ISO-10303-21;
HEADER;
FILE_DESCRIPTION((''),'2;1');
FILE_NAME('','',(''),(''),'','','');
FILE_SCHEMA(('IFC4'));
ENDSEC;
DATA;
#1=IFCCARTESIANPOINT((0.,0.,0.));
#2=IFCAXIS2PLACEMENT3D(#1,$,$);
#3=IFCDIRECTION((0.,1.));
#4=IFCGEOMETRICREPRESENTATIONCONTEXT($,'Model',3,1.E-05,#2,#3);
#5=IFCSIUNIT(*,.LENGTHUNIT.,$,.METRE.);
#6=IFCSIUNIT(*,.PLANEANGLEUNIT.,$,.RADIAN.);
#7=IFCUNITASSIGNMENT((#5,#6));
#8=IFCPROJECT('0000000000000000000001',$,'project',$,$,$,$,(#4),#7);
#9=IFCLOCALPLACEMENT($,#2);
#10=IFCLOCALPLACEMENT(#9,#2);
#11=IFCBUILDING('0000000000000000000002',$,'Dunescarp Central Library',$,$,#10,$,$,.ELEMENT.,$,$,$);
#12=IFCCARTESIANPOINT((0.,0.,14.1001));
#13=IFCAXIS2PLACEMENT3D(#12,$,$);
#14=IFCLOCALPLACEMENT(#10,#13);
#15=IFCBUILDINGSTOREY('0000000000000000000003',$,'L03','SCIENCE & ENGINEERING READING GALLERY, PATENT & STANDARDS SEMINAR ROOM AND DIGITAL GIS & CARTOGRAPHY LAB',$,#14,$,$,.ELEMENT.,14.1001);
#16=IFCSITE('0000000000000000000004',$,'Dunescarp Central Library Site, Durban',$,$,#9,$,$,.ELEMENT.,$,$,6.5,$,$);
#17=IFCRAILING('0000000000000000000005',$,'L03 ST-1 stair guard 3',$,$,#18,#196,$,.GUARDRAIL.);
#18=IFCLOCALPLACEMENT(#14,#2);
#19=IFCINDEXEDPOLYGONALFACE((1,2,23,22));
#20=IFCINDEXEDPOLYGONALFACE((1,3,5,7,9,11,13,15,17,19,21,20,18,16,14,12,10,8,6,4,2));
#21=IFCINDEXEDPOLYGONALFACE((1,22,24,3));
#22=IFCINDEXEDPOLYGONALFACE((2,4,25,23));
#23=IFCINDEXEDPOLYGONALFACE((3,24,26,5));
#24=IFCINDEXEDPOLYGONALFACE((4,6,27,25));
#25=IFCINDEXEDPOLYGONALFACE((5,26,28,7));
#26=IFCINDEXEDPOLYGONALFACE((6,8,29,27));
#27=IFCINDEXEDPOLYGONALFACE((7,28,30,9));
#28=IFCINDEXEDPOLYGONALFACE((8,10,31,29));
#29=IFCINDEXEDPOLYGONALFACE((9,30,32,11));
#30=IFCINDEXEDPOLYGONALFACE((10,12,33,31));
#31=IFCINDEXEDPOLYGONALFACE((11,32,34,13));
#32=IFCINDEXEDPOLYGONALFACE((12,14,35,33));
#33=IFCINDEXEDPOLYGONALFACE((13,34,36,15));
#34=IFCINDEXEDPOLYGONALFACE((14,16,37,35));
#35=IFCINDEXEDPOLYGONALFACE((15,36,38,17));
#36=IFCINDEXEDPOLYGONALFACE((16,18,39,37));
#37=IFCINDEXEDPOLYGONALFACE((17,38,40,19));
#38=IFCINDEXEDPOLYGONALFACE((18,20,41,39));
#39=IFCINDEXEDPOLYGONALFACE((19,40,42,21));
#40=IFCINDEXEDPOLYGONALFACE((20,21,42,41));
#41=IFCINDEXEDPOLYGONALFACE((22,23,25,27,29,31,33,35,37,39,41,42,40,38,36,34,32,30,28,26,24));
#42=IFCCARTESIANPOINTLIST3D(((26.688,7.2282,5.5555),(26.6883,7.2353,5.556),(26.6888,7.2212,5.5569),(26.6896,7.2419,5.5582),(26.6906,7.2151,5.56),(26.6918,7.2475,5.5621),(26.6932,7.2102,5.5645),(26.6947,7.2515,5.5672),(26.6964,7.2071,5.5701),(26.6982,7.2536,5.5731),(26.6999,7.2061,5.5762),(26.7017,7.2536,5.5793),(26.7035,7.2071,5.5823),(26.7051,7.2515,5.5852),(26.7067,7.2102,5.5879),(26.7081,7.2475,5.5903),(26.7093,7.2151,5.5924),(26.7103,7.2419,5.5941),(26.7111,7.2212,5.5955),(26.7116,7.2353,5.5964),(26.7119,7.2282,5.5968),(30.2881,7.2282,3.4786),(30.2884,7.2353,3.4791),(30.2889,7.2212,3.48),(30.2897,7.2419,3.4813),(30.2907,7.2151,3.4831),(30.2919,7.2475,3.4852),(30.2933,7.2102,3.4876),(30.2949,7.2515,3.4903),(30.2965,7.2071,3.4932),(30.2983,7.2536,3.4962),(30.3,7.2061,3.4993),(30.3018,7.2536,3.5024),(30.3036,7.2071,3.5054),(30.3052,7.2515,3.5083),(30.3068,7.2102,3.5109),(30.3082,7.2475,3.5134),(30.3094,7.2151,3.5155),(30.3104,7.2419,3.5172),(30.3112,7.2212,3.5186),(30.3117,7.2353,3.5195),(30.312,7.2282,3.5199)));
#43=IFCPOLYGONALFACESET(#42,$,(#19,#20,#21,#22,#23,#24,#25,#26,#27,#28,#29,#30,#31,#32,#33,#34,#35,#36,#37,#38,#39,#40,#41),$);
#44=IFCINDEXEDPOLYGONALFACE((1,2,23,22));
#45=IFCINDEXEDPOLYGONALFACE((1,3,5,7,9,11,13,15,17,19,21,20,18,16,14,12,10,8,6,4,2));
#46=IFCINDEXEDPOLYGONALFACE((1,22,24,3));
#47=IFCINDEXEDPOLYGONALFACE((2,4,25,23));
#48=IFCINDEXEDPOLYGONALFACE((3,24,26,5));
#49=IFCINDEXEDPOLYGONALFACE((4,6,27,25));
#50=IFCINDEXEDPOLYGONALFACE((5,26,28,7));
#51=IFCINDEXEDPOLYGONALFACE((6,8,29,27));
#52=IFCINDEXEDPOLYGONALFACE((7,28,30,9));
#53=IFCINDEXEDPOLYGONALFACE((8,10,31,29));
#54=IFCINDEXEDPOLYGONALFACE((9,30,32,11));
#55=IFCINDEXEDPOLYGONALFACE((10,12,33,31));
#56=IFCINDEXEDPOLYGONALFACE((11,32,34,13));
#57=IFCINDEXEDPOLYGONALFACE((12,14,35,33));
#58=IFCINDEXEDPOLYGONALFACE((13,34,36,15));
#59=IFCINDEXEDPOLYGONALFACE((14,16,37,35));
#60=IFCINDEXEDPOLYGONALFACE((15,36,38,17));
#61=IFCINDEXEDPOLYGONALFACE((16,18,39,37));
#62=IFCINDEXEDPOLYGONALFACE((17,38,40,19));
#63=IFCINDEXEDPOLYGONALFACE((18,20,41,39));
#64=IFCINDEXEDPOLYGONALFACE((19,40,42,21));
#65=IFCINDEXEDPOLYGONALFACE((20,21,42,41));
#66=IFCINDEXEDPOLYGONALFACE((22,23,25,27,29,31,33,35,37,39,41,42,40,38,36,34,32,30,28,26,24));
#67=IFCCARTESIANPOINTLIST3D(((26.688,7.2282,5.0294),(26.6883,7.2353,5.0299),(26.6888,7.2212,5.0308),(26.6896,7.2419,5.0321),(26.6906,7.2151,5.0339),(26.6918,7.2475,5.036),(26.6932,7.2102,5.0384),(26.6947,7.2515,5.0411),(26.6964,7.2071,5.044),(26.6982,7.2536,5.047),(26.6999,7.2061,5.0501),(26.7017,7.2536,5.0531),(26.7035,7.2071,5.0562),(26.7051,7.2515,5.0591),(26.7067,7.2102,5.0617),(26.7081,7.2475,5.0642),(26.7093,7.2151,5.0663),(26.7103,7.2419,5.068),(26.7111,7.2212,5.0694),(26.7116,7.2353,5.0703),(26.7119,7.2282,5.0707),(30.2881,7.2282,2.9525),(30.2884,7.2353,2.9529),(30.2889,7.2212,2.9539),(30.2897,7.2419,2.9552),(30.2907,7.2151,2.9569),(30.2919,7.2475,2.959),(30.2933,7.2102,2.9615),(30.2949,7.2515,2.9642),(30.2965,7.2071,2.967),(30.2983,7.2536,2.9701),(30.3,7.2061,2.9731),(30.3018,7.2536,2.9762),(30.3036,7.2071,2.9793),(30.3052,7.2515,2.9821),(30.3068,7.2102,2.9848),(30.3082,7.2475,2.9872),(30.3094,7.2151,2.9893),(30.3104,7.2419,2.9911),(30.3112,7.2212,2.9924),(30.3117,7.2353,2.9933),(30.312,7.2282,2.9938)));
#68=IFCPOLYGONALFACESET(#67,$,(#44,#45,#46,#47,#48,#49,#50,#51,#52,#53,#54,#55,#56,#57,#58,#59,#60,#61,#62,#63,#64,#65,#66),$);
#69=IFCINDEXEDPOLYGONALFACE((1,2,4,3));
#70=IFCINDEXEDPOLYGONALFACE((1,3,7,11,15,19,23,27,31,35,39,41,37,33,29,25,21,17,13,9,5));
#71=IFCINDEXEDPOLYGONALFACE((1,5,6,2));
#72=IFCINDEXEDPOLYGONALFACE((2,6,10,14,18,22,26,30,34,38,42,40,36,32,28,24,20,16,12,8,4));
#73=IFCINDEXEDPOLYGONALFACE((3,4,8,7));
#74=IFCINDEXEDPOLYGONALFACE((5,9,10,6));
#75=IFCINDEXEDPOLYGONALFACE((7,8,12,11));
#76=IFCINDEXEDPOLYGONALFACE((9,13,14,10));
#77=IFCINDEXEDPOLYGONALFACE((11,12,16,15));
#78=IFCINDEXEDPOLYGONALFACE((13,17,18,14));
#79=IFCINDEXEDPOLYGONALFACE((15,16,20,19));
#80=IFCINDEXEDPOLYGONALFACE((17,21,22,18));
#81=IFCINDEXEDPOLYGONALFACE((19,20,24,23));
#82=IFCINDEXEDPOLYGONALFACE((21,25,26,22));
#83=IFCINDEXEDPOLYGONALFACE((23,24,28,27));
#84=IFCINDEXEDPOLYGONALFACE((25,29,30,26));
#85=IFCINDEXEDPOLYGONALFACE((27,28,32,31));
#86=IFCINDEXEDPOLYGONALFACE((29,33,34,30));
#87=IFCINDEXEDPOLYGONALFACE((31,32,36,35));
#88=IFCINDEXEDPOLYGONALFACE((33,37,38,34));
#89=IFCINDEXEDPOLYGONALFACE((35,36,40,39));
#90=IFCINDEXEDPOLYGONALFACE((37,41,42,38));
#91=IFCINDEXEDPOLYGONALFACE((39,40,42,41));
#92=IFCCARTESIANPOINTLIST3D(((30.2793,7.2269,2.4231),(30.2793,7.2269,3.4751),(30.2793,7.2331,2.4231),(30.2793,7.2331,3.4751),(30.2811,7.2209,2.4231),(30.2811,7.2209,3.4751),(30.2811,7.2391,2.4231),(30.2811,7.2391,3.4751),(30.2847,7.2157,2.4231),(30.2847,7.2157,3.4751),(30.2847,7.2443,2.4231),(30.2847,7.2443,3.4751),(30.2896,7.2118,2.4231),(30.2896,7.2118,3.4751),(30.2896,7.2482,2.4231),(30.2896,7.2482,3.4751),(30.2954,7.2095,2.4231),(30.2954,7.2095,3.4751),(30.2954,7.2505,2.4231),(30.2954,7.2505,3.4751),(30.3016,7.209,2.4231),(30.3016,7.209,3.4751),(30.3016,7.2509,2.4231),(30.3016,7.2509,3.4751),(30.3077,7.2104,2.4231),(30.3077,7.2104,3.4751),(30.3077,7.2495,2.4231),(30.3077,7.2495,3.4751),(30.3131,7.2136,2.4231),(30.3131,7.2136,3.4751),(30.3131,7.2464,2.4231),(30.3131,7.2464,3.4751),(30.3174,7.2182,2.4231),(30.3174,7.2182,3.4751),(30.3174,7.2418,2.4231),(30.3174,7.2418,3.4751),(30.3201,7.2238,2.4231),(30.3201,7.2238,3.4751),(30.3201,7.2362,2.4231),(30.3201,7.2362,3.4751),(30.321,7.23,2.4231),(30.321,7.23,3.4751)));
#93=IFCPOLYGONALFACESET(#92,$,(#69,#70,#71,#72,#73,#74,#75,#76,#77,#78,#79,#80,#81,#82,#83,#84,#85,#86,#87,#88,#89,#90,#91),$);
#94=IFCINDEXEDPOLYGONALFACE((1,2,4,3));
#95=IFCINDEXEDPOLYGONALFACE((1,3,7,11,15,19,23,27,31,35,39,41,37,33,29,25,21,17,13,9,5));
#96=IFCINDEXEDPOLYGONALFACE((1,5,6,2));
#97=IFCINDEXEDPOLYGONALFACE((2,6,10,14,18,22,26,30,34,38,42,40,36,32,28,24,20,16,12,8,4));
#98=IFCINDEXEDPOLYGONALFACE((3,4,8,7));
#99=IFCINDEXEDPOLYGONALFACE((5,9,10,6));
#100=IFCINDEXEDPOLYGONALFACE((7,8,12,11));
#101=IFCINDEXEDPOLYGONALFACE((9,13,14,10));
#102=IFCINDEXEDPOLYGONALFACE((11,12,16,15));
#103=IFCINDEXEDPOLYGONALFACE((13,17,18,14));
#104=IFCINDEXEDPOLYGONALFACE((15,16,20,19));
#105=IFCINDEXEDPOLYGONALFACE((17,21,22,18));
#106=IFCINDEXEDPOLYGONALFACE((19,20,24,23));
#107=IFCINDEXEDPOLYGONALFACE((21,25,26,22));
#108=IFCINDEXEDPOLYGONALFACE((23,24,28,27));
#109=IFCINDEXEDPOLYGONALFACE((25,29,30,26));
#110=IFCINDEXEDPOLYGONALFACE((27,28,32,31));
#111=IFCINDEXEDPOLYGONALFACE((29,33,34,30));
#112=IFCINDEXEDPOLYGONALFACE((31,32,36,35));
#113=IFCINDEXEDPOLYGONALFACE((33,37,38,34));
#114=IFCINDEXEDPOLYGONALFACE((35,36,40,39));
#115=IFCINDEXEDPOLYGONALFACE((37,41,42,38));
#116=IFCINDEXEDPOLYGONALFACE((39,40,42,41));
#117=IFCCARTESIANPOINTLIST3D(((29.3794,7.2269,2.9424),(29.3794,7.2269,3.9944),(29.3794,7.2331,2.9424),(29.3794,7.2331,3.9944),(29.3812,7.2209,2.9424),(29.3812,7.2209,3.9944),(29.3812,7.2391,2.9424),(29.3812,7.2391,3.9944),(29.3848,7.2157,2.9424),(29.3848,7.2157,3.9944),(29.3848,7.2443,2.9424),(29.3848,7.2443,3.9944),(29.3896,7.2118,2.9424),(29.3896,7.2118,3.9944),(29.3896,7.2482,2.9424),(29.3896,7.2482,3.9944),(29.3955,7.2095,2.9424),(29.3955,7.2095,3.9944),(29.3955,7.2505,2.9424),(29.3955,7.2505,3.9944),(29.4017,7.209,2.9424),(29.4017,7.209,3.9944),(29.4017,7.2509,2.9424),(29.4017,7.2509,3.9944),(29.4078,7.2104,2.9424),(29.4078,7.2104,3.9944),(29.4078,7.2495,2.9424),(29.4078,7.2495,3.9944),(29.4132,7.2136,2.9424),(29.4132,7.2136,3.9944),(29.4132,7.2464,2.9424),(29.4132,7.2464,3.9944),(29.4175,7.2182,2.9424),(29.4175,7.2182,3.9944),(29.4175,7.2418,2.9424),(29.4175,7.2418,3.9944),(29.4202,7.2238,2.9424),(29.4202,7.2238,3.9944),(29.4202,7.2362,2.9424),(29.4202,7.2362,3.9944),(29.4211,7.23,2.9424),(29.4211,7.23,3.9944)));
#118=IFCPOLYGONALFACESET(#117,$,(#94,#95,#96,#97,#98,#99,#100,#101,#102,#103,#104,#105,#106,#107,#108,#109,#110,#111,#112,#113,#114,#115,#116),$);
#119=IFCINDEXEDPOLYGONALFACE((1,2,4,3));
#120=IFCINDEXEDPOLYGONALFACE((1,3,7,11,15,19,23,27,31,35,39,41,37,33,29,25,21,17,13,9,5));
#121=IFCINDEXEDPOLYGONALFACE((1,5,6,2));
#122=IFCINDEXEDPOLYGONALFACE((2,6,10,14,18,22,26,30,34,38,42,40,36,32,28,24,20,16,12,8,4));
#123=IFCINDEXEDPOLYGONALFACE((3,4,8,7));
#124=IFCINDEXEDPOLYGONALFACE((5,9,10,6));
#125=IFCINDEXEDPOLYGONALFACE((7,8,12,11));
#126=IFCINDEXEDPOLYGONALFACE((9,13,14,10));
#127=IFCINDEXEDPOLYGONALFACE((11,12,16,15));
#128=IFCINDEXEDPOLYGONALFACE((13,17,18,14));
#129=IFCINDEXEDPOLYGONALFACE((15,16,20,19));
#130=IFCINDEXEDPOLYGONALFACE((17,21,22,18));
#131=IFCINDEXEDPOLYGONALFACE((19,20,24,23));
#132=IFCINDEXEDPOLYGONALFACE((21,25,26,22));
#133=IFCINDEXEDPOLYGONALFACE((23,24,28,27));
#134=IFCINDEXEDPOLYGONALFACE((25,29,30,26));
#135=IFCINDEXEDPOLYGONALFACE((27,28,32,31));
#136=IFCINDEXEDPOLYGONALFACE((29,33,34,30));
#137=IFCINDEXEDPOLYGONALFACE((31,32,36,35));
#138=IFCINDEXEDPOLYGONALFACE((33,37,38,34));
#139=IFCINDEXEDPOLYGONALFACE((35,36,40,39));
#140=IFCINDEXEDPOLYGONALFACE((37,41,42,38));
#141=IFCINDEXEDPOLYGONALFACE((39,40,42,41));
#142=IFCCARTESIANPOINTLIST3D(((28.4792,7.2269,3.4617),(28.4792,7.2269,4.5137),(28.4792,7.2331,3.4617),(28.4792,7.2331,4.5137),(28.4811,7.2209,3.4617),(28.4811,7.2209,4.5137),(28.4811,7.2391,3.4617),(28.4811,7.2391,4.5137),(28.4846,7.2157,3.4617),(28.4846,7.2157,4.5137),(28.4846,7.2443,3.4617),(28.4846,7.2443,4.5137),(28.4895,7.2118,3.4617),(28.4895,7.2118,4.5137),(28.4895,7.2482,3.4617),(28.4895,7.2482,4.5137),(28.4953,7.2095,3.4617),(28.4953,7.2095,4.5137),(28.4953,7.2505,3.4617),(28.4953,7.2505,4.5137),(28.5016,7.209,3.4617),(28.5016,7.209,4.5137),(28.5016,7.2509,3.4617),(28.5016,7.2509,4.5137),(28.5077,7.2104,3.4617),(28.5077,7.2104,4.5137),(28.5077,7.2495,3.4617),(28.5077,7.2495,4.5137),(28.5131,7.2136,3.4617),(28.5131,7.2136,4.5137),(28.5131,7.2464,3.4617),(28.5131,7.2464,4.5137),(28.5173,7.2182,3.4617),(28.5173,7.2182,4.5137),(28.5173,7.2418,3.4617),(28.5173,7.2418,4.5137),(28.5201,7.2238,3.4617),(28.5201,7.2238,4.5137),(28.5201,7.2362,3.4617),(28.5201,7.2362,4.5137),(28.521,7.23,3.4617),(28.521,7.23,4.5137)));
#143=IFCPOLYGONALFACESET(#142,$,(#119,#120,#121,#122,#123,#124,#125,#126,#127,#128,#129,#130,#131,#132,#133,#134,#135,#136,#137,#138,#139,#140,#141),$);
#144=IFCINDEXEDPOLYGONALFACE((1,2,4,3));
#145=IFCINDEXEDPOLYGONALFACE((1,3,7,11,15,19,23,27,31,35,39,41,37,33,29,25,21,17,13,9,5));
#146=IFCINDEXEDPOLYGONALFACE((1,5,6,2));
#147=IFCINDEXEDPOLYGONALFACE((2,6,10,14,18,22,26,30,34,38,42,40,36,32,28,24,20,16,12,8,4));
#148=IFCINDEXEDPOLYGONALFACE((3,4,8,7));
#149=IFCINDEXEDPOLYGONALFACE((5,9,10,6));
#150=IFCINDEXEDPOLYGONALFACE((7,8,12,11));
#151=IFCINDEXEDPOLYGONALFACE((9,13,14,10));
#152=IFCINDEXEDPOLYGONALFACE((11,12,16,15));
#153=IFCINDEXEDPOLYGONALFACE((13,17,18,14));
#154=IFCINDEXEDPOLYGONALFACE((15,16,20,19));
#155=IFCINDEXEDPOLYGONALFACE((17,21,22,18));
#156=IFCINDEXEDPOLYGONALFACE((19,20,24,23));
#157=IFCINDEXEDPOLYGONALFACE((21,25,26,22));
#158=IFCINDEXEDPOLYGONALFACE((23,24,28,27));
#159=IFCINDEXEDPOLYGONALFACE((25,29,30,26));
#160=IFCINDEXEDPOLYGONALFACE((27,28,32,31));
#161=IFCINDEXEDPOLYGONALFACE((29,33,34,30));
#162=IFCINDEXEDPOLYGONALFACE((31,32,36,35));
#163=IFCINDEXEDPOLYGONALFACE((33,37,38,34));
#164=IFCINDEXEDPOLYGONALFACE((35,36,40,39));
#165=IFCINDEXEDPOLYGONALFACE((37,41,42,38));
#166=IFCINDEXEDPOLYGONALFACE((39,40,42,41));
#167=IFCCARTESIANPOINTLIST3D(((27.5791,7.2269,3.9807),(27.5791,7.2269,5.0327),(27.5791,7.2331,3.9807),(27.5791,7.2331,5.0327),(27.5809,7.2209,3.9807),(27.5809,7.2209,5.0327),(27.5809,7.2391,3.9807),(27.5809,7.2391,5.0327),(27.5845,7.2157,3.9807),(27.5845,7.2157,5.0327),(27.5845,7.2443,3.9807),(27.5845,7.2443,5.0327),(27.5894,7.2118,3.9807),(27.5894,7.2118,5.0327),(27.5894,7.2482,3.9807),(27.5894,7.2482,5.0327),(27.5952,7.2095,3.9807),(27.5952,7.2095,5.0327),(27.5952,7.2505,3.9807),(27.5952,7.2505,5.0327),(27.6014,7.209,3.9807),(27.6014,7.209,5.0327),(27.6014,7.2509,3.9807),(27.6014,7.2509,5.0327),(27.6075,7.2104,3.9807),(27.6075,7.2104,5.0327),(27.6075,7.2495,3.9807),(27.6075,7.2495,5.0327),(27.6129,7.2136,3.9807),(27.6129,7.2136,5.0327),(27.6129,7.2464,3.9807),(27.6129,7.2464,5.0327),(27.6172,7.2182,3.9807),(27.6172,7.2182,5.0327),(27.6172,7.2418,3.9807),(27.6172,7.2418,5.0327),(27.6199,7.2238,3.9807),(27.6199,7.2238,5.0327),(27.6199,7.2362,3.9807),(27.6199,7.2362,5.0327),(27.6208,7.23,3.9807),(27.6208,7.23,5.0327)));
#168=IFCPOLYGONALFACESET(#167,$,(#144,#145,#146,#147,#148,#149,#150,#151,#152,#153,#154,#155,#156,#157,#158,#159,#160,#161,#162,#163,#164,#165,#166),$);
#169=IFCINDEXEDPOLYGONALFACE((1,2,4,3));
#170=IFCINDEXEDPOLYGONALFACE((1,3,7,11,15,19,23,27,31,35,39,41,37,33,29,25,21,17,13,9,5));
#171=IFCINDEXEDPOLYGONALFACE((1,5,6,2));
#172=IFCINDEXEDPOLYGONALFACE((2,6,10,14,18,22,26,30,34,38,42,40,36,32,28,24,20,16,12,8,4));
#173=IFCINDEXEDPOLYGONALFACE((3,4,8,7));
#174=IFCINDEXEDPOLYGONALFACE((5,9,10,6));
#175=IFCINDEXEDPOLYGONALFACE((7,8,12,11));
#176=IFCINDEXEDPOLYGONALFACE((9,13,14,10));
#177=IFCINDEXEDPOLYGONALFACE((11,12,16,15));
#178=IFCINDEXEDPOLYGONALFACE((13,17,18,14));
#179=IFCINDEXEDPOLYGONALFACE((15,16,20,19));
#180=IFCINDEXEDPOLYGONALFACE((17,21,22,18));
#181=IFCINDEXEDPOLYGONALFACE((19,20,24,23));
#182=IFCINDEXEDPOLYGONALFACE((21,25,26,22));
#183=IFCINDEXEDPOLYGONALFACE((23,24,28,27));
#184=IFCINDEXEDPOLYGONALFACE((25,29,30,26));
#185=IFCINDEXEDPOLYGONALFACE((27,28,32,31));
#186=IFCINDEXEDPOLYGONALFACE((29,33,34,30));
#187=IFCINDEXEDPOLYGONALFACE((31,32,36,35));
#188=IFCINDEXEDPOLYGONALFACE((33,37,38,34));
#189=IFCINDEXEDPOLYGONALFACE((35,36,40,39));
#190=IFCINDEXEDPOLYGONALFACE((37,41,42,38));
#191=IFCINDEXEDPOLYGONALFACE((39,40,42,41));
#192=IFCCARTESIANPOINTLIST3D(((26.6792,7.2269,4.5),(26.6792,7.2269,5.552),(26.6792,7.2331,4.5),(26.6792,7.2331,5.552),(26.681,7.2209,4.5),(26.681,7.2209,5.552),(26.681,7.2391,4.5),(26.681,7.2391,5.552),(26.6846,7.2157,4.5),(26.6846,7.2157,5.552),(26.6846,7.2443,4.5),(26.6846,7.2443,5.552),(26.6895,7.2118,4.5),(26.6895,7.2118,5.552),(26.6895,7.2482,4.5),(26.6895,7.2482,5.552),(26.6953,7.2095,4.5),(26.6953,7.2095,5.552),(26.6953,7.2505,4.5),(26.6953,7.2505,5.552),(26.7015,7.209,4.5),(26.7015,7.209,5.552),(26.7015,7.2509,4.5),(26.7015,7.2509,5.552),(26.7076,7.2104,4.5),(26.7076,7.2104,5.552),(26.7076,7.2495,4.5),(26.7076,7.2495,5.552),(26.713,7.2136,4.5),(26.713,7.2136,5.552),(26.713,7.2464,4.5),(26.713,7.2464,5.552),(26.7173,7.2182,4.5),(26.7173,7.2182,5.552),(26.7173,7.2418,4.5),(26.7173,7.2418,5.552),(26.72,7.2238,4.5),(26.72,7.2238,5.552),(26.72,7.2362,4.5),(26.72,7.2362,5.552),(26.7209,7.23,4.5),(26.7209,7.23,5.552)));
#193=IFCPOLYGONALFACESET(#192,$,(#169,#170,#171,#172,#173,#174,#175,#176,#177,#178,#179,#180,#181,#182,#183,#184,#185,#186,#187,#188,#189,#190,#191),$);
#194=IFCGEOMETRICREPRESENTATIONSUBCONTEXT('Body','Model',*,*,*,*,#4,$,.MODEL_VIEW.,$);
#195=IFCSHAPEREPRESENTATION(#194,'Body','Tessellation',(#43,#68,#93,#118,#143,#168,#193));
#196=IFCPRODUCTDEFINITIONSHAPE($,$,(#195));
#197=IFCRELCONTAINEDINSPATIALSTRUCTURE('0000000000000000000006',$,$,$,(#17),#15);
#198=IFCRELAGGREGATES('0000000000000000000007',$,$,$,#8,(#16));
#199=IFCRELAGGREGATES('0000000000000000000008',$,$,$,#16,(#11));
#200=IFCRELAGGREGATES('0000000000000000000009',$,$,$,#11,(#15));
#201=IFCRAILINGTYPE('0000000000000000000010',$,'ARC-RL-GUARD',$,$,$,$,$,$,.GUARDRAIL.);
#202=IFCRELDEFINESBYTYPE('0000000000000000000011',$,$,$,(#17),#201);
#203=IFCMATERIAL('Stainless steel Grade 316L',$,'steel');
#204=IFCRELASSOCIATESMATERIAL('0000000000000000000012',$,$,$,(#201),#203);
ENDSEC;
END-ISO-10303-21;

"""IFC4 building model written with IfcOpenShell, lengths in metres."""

from ifc_helpers import new_model, si_unit, direction, frame, origin, origin_2d, place, context, subcontext, project, spatial, circle, extrude, material, type_object, element, save


model = new_model("IFC4")

# Units and contexts
model_context = context("Model", 3, precision=1e-05, world=origin(), true_north=direction((0.0, 1.0)))
body_context = subcontext(model_context, "Body", "Model", "MODEL_VIEW")
ifc_project = project(units=[si_unit("LENGTHUNIT", "METRE"), si_unit("PLANEANGLEUNIT", "RADIAN")], contexts=[model_context])

# Site, building, storey
site_placement = place(None, origin())
site = spatial("IfcSite", under=ifc_project, at=site_placement, Name="Dunescarp Central Library Site, Durban", CompositionType="ELEMENT", RefElevation=6.5)
building_placement = place(site_placement, origin())
building = spatial("IfcBuilding", under=site, at=building_placement, Name="Dunescarp Central Library", CompositionType="ELEMENT")
storey_placement = place(building_placement, frame((0.0, 0.0, 14.1001)))
storey = spatial("IfcBuildingStorey", under=building, at=storey_placement, Name="L03", Description="SCIENCE & ENGINEERING READING GALLERY, PATENT & STANDARDS SEMINAR ROOM AND DIGITAL GIS & CARTOGRAPHY LAB", CompositionType="ELEMENT", Elevation=14.1001)

# Shared definitions
ifc_material_1 = material(Name="Stainless steel Grade 316L", Category="steel")

# Railing
railing_type_1 = type_object("IfcRailingType", Name="ARC-RL-GUARD", PredefinedType="GUARDRAIL", material=ifc_material_1)
railing_1_placement = place(storey_placement, frame((30.3, 7.23, 2.4231)))
element("IfcRailing", 1, at=railing_1_placement, inside=storey, type_object=railing_type_1, Name="L03 ST-1 stair guard 3", PredefinedType="GUARDRAIL", context=body_context, shape_type="SweptSolid", body=[
    extrude(circle(Radius=0.0239, at=origin_2d()), frame((0.0, 0.0, 1.0762), z_axis=(-0.866193, 0.0, 0.499709), x_axis=(0.0, -1.0, 0.0)), (0.0, 0.0, 1.0), 4.1562),
    extrude(circle(Radius=0.0239, at=origin_2d()), frame((0.0, 0.0, 0.55), z_axis=(-0.866193, 0.0, 0.499709), x_axis=(0.0, -1.0, 0.0)), (0.0, 0.0, 1.0), 4.1562),
    extrude(circle(Radius=0.021, at=origin_2d()), origin(), (0.0, 0.0, 1.0), 1.052),
    extrude(circle(Radius=0.021, at=origin_2d()), frame((-0.8999, 0.0, 0.5193)), (0.0, 0.0, 1.0), 1.052),
    extrude(circle(Radius=0.021, at=origin_2d()), frame((-1.8, 0.0, 1.0386)), (0.0, 0.0, 1.0), 1.052),
    extrude(circle(Radius=0.021, at=origin_2d()), frame((-2.7002, 0.0, 1.5576)), (0.0, 0.0, 1.0), 1.052),
    extrude(circle(Radius=0.021, at=origin_2d()), frame((-3.6001, 0.0, 2.0769)), (0.0, 0.0, 1.0), 1.052),
])

save(model, "model.ifc")
